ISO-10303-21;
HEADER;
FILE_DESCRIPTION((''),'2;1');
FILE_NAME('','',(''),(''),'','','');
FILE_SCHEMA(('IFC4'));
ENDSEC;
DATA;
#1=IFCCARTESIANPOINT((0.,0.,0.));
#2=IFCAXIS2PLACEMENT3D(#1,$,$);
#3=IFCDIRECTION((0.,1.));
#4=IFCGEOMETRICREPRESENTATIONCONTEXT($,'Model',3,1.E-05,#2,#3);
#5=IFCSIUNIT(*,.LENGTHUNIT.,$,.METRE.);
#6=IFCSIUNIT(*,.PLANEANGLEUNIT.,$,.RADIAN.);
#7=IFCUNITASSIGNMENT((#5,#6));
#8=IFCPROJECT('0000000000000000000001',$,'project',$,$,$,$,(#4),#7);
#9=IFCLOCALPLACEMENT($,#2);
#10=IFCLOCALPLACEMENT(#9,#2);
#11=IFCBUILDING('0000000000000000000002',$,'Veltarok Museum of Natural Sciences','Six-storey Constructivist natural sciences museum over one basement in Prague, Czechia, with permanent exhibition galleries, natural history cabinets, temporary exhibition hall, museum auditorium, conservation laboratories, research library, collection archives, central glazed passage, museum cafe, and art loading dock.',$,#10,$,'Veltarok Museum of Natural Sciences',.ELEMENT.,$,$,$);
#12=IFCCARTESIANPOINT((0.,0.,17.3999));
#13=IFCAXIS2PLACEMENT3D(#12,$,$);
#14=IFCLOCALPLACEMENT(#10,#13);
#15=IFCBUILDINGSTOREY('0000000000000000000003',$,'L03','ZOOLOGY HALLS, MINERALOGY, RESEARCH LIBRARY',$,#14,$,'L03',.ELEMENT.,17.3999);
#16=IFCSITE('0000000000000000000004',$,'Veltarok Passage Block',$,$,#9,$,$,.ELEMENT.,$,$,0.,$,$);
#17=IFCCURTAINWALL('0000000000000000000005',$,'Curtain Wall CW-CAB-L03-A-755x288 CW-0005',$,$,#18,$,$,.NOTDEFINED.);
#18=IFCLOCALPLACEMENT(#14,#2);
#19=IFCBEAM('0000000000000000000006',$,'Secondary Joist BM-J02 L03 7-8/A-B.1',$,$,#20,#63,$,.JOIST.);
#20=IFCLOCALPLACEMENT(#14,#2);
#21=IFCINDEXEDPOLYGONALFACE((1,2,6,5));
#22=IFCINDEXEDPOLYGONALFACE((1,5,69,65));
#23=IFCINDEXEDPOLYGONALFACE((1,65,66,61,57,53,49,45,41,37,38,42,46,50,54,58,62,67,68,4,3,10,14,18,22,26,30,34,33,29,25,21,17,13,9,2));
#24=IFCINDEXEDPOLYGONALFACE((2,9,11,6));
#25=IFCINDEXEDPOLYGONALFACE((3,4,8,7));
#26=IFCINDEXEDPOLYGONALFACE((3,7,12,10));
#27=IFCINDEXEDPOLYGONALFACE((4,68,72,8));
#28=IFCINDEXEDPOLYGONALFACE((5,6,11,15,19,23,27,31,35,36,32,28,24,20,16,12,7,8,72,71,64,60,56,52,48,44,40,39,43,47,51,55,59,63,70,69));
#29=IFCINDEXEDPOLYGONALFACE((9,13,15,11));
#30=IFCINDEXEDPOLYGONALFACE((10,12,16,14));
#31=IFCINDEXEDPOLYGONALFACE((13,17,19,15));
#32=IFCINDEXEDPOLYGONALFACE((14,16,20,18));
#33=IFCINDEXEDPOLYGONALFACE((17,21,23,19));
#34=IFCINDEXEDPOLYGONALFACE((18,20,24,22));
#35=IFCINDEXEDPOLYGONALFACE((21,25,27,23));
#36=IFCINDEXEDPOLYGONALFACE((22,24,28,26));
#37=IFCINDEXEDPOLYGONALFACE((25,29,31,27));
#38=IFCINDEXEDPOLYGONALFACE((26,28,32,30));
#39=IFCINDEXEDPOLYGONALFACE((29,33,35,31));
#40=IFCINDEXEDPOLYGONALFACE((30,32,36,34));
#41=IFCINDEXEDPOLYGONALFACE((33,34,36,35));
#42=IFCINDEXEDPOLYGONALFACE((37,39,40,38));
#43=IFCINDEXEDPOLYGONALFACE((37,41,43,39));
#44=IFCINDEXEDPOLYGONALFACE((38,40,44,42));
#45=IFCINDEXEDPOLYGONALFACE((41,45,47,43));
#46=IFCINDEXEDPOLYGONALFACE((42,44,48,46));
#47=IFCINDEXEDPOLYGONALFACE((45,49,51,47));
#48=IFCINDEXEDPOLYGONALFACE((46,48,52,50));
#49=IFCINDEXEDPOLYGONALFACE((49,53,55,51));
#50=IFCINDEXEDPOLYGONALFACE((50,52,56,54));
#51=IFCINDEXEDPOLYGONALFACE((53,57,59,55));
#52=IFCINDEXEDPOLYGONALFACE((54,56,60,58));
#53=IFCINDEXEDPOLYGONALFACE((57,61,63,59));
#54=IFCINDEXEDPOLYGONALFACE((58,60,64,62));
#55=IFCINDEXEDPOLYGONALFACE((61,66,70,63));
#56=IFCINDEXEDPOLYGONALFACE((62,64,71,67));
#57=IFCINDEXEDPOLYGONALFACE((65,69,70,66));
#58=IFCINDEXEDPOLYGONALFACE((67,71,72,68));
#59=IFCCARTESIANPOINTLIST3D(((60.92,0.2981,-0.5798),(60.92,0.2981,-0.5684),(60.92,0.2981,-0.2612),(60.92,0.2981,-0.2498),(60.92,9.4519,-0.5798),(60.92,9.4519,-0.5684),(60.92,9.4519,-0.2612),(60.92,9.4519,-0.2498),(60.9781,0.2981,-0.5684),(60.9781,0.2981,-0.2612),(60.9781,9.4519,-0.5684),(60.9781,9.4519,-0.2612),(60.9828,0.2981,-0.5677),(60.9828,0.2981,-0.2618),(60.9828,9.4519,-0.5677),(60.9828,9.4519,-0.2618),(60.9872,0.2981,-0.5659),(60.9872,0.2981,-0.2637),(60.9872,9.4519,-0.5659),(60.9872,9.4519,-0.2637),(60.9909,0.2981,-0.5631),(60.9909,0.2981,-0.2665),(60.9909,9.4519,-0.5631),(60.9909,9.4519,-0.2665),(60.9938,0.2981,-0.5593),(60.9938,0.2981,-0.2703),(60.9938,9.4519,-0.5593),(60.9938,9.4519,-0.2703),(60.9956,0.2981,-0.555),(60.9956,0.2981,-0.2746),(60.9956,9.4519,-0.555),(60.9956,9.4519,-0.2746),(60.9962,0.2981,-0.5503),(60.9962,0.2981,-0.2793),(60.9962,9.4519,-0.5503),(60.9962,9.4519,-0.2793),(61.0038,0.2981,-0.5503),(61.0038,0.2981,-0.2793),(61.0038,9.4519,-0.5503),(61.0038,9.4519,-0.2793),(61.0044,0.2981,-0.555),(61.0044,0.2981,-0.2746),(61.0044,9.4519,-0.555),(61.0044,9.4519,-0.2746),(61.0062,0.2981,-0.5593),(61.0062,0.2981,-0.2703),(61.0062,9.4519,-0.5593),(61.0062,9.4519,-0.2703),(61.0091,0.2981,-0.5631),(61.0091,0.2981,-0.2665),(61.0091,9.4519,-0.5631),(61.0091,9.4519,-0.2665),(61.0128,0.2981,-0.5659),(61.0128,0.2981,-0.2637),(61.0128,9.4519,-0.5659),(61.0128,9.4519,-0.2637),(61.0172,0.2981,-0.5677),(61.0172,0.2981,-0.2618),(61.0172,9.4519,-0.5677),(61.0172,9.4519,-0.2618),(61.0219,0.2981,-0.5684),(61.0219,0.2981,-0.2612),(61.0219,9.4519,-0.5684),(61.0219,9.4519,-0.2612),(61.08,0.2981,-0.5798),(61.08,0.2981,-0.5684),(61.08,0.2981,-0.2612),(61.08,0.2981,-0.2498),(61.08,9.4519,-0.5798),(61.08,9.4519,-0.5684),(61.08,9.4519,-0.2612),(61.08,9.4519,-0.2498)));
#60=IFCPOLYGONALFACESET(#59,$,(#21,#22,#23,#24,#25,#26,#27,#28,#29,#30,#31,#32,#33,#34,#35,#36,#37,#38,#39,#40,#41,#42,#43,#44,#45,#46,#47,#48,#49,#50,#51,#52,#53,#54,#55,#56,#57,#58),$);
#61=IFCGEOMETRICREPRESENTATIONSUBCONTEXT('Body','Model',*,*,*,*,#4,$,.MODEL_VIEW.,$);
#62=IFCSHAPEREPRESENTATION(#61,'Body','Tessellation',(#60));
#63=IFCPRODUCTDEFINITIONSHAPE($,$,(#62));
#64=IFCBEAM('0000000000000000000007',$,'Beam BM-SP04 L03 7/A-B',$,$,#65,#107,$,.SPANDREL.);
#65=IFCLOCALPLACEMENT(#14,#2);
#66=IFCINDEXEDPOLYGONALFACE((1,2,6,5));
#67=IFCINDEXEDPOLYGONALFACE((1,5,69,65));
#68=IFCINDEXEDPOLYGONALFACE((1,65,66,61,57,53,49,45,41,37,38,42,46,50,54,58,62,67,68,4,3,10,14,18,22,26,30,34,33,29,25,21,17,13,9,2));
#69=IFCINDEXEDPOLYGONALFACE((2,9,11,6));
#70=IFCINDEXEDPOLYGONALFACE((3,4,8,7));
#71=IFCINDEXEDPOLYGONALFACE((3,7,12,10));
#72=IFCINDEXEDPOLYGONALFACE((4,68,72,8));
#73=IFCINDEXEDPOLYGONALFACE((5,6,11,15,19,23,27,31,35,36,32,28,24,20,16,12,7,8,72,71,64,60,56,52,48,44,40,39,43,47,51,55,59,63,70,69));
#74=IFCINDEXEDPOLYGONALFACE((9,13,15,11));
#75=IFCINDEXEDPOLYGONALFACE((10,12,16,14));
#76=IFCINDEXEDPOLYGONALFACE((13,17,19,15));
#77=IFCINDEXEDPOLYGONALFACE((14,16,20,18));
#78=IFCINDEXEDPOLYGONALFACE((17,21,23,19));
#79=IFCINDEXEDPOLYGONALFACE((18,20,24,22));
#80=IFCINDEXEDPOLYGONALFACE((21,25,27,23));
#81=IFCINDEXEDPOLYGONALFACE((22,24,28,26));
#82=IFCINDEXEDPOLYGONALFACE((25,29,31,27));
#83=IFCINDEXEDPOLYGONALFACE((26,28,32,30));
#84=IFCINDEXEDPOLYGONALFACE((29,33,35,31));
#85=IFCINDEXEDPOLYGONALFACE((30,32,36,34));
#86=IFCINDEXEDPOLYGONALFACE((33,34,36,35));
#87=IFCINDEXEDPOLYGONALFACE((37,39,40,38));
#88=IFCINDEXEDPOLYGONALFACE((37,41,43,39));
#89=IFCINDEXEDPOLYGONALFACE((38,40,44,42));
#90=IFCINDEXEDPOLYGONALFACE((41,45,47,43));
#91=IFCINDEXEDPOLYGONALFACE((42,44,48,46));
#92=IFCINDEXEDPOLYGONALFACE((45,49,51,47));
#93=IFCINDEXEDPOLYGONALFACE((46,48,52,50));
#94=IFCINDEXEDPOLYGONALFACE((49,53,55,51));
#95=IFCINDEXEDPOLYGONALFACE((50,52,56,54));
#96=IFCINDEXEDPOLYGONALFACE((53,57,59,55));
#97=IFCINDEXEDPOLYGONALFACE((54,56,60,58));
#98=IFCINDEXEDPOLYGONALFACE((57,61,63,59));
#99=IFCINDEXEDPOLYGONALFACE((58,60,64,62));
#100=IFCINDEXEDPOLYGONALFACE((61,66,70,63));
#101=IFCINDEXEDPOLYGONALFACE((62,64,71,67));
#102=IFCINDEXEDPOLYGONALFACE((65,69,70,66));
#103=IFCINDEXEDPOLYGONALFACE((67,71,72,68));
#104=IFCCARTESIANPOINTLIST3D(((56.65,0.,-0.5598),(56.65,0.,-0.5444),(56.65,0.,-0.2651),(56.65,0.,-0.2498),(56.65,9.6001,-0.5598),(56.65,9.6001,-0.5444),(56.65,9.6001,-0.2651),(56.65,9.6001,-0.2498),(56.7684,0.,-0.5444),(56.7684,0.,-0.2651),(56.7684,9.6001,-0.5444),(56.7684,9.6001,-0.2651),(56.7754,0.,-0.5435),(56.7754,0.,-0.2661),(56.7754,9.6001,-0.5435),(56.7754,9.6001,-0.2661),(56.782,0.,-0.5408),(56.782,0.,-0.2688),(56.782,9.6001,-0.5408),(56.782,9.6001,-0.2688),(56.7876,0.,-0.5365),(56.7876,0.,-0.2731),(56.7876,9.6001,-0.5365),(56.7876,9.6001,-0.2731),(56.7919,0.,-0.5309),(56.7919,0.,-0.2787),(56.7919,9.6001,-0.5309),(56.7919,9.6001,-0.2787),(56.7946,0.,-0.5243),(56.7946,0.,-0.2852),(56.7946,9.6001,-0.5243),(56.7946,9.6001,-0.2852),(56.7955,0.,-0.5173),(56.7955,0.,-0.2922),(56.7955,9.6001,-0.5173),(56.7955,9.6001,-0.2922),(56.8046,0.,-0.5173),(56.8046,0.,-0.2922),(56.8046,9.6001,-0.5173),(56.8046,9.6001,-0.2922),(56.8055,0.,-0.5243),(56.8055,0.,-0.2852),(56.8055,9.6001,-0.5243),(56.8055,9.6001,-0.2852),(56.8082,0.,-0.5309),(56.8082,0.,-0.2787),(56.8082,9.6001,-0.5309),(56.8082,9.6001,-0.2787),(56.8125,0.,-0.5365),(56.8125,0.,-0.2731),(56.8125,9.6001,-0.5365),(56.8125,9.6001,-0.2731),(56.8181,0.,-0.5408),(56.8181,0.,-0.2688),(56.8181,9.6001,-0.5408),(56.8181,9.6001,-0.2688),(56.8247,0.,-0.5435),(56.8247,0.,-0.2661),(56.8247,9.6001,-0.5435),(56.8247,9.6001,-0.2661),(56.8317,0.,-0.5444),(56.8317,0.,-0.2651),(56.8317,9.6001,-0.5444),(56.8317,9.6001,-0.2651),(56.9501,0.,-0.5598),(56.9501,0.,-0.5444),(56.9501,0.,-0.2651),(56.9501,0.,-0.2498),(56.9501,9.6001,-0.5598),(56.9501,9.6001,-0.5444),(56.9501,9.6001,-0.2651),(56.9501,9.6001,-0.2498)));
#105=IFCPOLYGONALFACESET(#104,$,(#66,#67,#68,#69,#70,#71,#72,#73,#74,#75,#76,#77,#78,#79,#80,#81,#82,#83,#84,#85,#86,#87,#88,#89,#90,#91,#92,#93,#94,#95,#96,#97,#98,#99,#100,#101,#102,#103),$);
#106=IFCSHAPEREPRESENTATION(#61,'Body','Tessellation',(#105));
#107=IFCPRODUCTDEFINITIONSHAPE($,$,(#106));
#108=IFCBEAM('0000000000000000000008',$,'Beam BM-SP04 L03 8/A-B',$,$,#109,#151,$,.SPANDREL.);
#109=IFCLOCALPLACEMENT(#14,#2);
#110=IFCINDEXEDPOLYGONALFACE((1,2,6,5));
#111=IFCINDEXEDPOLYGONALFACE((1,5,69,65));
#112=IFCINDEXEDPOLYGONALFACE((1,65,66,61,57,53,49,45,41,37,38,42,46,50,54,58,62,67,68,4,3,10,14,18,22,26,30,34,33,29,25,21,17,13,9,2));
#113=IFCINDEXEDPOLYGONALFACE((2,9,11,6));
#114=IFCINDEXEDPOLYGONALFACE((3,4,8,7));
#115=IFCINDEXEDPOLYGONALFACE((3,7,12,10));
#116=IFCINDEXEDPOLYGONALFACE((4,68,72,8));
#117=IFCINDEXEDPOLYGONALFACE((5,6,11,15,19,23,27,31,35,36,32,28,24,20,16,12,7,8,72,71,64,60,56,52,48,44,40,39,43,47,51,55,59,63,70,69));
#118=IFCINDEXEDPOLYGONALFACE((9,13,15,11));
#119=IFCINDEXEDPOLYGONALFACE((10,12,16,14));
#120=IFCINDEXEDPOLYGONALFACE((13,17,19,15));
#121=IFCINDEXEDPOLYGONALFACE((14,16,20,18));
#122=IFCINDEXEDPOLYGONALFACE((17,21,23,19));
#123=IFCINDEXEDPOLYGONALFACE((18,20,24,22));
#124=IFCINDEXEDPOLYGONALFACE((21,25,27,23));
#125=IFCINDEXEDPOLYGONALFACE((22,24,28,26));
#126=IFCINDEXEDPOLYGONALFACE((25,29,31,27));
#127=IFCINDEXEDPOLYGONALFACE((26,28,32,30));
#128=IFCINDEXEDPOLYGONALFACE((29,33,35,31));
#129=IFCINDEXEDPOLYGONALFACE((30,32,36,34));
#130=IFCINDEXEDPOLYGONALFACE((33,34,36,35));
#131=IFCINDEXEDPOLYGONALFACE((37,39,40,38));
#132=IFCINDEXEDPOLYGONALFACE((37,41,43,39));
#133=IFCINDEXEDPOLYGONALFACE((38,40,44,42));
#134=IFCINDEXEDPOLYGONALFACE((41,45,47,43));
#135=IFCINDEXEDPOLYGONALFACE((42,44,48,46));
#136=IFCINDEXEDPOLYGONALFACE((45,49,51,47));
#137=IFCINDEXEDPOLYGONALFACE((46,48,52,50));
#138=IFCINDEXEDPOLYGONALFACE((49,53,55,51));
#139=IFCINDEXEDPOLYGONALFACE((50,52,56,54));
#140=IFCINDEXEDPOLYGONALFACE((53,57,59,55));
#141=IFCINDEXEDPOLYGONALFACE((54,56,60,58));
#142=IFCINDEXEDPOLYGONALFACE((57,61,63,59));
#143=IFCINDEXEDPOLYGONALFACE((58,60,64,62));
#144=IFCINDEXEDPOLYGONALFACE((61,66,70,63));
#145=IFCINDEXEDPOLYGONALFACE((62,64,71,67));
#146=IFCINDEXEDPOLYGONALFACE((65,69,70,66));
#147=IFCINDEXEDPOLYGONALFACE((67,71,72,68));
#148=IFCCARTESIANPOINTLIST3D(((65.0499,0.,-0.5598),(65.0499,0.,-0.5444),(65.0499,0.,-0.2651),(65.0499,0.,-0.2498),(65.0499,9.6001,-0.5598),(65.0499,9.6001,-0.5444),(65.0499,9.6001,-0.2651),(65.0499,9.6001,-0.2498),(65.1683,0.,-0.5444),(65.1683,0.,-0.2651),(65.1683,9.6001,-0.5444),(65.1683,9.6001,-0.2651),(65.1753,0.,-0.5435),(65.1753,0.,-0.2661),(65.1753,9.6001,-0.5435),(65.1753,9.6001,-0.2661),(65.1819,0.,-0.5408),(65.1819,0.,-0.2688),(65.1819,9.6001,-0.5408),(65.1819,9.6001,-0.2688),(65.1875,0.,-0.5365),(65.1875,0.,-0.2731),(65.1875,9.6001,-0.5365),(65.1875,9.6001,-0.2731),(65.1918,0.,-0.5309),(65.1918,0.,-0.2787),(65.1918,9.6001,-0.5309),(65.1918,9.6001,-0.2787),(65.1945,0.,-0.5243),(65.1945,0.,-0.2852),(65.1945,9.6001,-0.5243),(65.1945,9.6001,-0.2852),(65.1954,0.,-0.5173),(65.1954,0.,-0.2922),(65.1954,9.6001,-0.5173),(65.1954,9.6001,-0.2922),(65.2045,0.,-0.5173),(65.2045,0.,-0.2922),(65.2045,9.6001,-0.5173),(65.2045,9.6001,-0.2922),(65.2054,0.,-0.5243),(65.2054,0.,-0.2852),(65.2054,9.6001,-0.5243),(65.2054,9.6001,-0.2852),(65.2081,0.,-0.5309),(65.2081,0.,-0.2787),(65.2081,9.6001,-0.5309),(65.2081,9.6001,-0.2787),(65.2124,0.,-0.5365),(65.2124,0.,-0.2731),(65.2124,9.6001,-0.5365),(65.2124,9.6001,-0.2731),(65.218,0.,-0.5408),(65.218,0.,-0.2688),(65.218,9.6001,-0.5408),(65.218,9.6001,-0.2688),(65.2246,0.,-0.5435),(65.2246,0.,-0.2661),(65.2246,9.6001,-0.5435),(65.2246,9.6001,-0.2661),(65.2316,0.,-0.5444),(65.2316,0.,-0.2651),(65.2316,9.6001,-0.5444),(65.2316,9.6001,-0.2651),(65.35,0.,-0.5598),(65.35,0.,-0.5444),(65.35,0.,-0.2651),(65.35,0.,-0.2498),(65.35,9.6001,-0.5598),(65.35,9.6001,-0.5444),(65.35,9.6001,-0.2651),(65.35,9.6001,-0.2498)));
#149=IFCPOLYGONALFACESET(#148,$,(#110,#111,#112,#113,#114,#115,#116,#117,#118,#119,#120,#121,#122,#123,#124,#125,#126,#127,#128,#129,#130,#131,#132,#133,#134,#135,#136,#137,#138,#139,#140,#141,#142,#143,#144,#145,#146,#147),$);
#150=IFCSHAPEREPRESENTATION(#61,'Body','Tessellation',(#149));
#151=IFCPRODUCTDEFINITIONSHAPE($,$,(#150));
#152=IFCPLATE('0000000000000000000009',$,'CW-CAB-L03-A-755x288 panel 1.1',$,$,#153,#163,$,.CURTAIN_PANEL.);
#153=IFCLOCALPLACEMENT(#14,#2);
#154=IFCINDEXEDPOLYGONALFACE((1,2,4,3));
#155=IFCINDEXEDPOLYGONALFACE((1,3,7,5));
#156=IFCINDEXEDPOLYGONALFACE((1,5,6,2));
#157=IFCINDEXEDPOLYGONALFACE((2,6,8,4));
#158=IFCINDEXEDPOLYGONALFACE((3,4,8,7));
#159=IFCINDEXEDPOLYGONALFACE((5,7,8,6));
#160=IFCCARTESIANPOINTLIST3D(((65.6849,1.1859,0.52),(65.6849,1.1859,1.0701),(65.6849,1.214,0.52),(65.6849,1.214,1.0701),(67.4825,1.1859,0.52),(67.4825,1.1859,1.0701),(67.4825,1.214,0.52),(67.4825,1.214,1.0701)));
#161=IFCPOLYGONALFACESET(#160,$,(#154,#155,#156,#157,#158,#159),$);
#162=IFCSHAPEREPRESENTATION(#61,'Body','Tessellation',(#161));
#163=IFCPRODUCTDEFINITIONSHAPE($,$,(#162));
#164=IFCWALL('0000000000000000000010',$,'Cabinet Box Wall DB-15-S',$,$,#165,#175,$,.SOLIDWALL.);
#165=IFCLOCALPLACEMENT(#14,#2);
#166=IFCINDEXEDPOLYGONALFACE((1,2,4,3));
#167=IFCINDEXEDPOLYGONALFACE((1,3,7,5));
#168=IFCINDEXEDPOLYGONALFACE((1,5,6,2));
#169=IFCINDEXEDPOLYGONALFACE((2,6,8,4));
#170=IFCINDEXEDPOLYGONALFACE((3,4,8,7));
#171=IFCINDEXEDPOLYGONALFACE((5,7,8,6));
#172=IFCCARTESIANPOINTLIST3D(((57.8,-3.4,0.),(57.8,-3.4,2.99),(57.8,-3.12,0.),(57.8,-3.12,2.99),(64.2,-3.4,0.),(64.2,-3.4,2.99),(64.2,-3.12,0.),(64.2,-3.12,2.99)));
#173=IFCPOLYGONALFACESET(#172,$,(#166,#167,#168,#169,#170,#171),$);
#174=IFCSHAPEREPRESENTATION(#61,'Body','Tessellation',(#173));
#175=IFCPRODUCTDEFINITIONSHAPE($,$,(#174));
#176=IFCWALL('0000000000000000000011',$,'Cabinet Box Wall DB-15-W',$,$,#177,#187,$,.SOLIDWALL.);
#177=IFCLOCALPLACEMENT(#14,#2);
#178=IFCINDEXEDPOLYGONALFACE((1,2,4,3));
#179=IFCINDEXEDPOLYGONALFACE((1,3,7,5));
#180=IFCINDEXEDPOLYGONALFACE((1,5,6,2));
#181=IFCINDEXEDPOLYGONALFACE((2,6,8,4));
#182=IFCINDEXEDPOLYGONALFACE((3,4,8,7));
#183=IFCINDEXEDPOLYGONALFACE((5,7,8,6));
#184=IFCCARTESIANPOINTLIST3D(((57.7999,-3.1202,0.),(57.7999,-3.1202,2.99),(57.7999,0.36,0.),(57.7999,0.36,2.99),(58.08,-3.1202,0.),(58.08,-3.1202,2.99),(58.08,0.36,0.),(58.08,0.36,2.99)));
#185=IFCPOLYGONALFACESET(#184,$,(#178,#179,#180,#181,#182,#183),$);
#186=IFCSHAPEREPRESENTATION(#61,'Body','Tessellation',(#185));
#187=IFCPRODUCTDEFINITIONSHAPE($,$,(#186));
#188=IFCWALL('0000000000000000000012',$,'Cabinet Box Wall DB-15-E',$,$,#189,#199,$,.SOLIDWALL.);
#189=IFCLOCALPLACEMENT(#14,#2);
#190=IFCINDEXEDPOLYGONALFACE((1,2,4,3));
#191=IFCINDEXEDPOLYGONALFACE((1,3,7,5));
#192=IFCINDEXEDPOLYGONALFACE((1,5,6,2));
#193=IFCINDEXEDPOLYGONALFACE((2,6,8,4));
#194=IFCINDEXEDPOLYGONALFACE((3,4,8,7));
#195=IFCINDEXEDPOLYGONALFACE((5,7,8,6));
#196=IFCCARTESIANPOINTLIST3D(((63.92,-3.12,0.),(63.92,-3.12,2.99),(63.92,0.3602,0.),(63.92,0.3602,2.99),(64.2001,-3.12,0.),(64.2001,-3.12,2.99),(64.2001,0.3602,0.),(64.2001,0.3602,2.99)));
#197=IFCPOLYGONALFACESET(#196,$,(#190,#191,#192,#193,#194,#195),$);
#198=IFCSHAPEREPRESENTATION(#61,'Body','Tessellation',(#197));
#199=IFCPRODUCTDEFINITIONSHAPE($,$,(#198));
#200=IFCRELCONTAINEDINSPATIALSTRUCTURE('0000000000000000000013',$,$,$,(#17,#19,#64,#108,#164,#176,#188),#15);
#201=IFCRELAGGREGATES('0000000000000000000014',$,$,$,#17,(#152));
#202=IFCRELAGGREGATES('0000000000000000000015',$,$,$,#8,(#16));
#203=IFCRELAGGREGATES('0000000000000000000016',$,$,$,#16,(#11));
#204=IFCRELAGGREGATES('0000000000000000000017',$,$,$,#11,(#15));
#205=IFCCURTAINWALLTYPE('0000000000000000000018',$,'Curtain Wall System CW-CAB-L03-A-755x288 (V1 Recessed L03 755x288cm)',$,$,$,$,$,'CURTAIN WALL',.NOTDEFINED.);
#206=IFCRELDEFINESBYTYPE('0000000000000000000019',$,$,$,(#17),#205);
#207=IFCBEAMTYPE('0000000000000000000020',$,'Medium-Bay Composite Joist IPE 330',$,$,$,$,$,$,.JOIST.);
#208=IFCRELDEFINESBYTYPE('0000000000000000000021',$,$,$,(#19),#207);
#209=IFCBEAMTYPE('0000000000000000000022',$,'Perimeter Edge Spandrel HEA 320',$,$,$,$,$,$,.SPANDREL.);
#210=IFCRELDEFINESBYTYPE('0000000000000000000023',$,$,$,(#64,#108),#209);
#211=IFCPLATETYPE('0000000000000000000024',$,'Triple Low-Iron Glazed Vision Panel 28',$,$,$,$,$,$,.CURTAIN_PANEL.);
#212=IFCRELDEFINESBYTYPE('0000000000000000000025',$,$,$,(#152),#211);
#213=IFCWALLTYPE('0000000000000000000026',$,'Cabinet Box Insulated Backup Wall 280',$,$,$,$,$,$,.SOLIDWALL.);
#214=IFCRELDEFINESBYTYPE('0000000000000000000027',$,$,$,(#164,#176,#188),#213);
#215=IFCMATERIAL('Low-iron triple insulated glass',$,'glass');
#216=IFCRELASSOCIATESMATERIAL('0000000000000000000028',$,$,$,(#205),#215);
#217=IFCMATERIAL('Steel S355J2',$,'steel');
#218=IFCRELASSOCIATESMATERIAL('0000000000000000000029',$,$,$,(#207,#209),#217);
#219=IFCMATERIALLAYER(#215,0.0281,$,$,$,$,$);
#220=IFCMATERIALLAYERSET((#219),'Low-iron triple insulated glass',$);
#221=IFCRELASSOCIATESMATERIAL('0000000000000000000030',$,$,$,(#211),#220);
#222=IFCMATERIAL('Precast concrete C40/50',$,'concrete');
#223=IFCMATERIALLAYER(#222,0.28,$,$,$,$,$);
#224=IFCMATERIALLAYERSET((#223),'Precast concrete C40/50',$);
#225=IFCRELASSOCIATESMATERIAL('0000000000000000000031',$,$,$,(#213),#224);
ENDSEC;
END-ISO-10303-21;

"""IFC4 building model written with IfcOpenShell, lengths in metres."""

from ifc_helpers import new_model, si_unit, direction, frame, frame_2d, origin, origin_2d, place, context, subcontext, project, spatial, rectangle, i_section, extrude, material, layer, layer_set, material_profile, profile_set, type_object, element, aggregate, save


model = new_model("IFC4")

# Units and contexts
model_context = context("Model", 3, precision=1e-05, world=origin(), true_north=direction((0.0, 1.0)))
body_context = subcontext(model_context, "Body", "Model", "MODEL_VIEW")
ifc_project = project(units=[si_unit("LENGTHUNIT", "METRE"), si_unit("PLANEANGLEUNIT", "RADIAN")], contexts=[model_context])

# Site, building, storey
site_placement = place(None, origin())
site = spatial("IfcSite", under=ifc_project, at=site_placement, Name="Veltarok Passage Block", CompositionType="ELEMENT", RefElevation=0.0)
building_placement = place(site_placement, origin())
building = spatial("IfcBuilding", under=site, at=building_placement, Name="Veltarok Museum of Natural Sciences", Description="Six-storey Constructivist natural sciences museum over one basement in Prague, Czechia, with permanent exhibition galleries, natural history cabinets, temporary exhibition hall, museum auditorium, conservation laboratories, research library, collection archives, central glazed passage, museum cafe, and art loading dock.", LongName="Veltarok Museum of Natural Sciences", CompositionType="ELEMENT")
storey_placement = place(building_placement, frame((0.0, 0.0, 17.3999)))
storey = spatial("IfcBuildingStorey", under=building, at=storey_placement, Name="L03", Description="ZOOLOGY HALLS, MINERALOGY, RESEARCH LIBRARY", LongName="L03", CompositionType="ELEMENT", Elevation=17.3999)

# Shared definitions
ifc_material_1 = material(Name="Steel S355J2", Category="steel")

# Curtain wall
ifc_material_2 = material(Name="Low-iron triple insulated glass", Category="glass")
curtain_wall_type = type_object("IfcCurtainWallType", Name="Curtain Wall System CW-CAB-L03-A-755x288 (V1 Recessed L03 755x288cm)", ElementType="CURTAIN WALL", PredefinedType="NOTDEFINED", material=ifc_material_2)
curtain_wall_placement = place(storey_placement, origin())
curtain_wall = element("IfcCurtainWall", 1, at=curtain_wall_placement, inside=storey, type_object=curtain_wall_type, Name="Curtain Wall CW-CAB-L03-A-755x288 CW-0005", PredefinedType="NOTDEFINED")

# Beams
ifc_material_profile_1 = material_profile(ifc_material_1, i_section(OverallWidth=0.1599, OverallDepth=0.3301, WebThickness=0.0076, FlangeThickness=0.0115, FilletRadius=0.0181, at=origin_2d()), Name="IPE 330")
ifc_profile_set_1 = profile_set([ifc_material_profile_1], Name="Steel S355J2")
beam_type_1 = type_object("IfcBeamType", Name="Medium-Bay Composite Joist IPE 330", PredefinedType="JOIST", material=ifc_profile_set_1)
beam_1_placement = place(storey_placement, frame((61.0, 0.2981, -0.4148), z_axis=(0.0, 1.0, 0.0), x_axis=(-1.0, 0.0, 0.0)))
element("IfcBeam", 2, at=beam_1_placement, inside=storey, type_object=beam_type_1, Name="Secondary Joist BM-J02 L03 7-8/A-B.1", PredefinedType="JOIST", context=body_context, shape_type="SweptSolid", body=[
    extrude(i_section(OverallWidth=0.1599, OverallDepth=0.3301, WebThickness=0.0076, FlangeThickness=0.0115, FilletRadius=0.0181, at=origin_2d()), origin(), (0.0, 0.0, 1.0), 9.1538),
])
ifc_material_profile_2 = material_profile(ifc_material_1, i_section(OverallWidth=0.3, OverallDepth=0.3101, WebThickness=0.009, FlangeThickness=0.0154, FilletRadius=0.0271, at=origin_2d()), Name="HEA 320")
ifc_profile_set_2 = profile_set([ifc_material_profile_2], Name="Steel S355J2")
beam_type_2 = type_object("IfcBeamType", Name="Perimeter Edge Spandrel HEA 320", PredefinedType="SPANDREL", material=ifc_profile_set_2)
for number, where, z_axis, x_axis, name in (
    (3, (56.8, 0.0, -0.4048), (0.0, 1.0, 0.0), (-1.0, 0.0, 0.0), "Beam BM-SP04 L03 7/A-B"),
    (4, (65.2, 0.0, -0.4048), (0.0, 1.0, 0.0), (-1.0, 0.0, 0.0), "Beam BM-SP04 L03 8/A-B"),
):
    element("IfcBeam", number, at=place(storey_placement, frame(where, z_axis=z_axis, x_axis=x_axis)), inside=storey, type_object=beam_type_2, Name=name, PredefinedType="SPANDREL", context=body_context, shape_type="SweptSolid", body=[
        extrude(i_section(OverallWidth=0.3, OverallDepth=0.3101, WebThickness=0.009, FlangeThickness=0.0154, FilletRadius=0.0271, at=origin_2d()), origin(), (0.0, 0.0, 1.0), 9.6001),
    ])

# Plate
ifc_layer_1 = layer(ifc_material_2, 0.0281)
ifc_layer_set_1 = layer_set([ifc_layer_1], Name="Low-iron triple insulated glass")
plate_type = type_object("IfcPlateType", Name="Triple Low-Iron Glazed Vision Panel 28", PredefinedType="CURTAIN_PANEL", material=ifc_layer_set_1)
plate_placement = place(storey_placement, frame((66.5837, 1.2, 0.52), z_axis=(0.0, 0.0, 1.0), x_axis=(1.0, 0.0, 0.0)))
plate = element("IfcPlate", 5, at=plate_placement, type_object=plate_type, Name="CW-CAB-L03-A-755x288 panel 1.1", PredefinedType="CURTAIN_PANEL", context=body_context, shape_type="SweptSolid", body=[
    extrude(rectangle(XDim=1.7976, YDim=0.0281, at=origin_2d()), origin(), (0.0, 0.0, 1.0), 0.55),
])
aggregate(curtain_wall, [plate])

# Walls
ifc_material_3 = material(Name="Precast concrete C40/50", Category="concrete")
ifc_layer_2 = layer(ifc_material_3, 0.28)
ifc_layer_set_2 = layer_set([ifc_layer_2], Name="Precast concrete C40/50")
wall_type_1 = type_object("IfcWallType", Name="Cabinet Box Insulated Backup Wall 280", PredefinedType="SOLIDWALL", material=ifc_layer_set_2)
wall_1_placement = place(storey_placement, frame((57.8, -3.26, 0.0), z_axis=(0.0, 0.0, 1.0), x_axis=(1.0, 0.0, 0.0)))
element("IfcWall", 6, at=wall_1_placement, inside=storey, type_object=wall_type_1, Name="Cabinet Box Wall DB-15-S", PredefinedType="SOLIDWALL", context=body_context, shape_type="SweptSolid", body=[
    extrude(rectangle(XDim=6.3999, YDim=0.28, at=frame_2d((3.2, 0.0))), origin(), (0.0, 0.0, 1.0), 2.99),
])
for number, where, z_axis, x_axis, name in (
    (7, (57.9399, 0.3601, 0.0), (0.0, 0.0, 1.0), (0.0, -1.0, 0.0), "Cabinet Box Wall DB-15-W"),
    (8, (64.0601, -3.1201, 0.0), (0.0, 0.0, 1.0), (0.0, 1.0, 0.0), "Cabinet Box Wall DB-15-E"),
):
    element("IfcWall", number, at=place(storey_placement, frame(where, z_axis=z_axis, x_axis=x_axis)), inside=storey, type_object=wall_type_1, Name=name, PredefinedType="SOLIDWALL", context=body_context, shape_type="SweptSolid", body=[
        extrude(rectangle(XDim=3.4802, YDim=0.28, at=frame_2d((1.7402, 0.0))), origin(), (0.0, 0.0, 1.0), 2.99),
    ])

save(model, "model.ifc")
